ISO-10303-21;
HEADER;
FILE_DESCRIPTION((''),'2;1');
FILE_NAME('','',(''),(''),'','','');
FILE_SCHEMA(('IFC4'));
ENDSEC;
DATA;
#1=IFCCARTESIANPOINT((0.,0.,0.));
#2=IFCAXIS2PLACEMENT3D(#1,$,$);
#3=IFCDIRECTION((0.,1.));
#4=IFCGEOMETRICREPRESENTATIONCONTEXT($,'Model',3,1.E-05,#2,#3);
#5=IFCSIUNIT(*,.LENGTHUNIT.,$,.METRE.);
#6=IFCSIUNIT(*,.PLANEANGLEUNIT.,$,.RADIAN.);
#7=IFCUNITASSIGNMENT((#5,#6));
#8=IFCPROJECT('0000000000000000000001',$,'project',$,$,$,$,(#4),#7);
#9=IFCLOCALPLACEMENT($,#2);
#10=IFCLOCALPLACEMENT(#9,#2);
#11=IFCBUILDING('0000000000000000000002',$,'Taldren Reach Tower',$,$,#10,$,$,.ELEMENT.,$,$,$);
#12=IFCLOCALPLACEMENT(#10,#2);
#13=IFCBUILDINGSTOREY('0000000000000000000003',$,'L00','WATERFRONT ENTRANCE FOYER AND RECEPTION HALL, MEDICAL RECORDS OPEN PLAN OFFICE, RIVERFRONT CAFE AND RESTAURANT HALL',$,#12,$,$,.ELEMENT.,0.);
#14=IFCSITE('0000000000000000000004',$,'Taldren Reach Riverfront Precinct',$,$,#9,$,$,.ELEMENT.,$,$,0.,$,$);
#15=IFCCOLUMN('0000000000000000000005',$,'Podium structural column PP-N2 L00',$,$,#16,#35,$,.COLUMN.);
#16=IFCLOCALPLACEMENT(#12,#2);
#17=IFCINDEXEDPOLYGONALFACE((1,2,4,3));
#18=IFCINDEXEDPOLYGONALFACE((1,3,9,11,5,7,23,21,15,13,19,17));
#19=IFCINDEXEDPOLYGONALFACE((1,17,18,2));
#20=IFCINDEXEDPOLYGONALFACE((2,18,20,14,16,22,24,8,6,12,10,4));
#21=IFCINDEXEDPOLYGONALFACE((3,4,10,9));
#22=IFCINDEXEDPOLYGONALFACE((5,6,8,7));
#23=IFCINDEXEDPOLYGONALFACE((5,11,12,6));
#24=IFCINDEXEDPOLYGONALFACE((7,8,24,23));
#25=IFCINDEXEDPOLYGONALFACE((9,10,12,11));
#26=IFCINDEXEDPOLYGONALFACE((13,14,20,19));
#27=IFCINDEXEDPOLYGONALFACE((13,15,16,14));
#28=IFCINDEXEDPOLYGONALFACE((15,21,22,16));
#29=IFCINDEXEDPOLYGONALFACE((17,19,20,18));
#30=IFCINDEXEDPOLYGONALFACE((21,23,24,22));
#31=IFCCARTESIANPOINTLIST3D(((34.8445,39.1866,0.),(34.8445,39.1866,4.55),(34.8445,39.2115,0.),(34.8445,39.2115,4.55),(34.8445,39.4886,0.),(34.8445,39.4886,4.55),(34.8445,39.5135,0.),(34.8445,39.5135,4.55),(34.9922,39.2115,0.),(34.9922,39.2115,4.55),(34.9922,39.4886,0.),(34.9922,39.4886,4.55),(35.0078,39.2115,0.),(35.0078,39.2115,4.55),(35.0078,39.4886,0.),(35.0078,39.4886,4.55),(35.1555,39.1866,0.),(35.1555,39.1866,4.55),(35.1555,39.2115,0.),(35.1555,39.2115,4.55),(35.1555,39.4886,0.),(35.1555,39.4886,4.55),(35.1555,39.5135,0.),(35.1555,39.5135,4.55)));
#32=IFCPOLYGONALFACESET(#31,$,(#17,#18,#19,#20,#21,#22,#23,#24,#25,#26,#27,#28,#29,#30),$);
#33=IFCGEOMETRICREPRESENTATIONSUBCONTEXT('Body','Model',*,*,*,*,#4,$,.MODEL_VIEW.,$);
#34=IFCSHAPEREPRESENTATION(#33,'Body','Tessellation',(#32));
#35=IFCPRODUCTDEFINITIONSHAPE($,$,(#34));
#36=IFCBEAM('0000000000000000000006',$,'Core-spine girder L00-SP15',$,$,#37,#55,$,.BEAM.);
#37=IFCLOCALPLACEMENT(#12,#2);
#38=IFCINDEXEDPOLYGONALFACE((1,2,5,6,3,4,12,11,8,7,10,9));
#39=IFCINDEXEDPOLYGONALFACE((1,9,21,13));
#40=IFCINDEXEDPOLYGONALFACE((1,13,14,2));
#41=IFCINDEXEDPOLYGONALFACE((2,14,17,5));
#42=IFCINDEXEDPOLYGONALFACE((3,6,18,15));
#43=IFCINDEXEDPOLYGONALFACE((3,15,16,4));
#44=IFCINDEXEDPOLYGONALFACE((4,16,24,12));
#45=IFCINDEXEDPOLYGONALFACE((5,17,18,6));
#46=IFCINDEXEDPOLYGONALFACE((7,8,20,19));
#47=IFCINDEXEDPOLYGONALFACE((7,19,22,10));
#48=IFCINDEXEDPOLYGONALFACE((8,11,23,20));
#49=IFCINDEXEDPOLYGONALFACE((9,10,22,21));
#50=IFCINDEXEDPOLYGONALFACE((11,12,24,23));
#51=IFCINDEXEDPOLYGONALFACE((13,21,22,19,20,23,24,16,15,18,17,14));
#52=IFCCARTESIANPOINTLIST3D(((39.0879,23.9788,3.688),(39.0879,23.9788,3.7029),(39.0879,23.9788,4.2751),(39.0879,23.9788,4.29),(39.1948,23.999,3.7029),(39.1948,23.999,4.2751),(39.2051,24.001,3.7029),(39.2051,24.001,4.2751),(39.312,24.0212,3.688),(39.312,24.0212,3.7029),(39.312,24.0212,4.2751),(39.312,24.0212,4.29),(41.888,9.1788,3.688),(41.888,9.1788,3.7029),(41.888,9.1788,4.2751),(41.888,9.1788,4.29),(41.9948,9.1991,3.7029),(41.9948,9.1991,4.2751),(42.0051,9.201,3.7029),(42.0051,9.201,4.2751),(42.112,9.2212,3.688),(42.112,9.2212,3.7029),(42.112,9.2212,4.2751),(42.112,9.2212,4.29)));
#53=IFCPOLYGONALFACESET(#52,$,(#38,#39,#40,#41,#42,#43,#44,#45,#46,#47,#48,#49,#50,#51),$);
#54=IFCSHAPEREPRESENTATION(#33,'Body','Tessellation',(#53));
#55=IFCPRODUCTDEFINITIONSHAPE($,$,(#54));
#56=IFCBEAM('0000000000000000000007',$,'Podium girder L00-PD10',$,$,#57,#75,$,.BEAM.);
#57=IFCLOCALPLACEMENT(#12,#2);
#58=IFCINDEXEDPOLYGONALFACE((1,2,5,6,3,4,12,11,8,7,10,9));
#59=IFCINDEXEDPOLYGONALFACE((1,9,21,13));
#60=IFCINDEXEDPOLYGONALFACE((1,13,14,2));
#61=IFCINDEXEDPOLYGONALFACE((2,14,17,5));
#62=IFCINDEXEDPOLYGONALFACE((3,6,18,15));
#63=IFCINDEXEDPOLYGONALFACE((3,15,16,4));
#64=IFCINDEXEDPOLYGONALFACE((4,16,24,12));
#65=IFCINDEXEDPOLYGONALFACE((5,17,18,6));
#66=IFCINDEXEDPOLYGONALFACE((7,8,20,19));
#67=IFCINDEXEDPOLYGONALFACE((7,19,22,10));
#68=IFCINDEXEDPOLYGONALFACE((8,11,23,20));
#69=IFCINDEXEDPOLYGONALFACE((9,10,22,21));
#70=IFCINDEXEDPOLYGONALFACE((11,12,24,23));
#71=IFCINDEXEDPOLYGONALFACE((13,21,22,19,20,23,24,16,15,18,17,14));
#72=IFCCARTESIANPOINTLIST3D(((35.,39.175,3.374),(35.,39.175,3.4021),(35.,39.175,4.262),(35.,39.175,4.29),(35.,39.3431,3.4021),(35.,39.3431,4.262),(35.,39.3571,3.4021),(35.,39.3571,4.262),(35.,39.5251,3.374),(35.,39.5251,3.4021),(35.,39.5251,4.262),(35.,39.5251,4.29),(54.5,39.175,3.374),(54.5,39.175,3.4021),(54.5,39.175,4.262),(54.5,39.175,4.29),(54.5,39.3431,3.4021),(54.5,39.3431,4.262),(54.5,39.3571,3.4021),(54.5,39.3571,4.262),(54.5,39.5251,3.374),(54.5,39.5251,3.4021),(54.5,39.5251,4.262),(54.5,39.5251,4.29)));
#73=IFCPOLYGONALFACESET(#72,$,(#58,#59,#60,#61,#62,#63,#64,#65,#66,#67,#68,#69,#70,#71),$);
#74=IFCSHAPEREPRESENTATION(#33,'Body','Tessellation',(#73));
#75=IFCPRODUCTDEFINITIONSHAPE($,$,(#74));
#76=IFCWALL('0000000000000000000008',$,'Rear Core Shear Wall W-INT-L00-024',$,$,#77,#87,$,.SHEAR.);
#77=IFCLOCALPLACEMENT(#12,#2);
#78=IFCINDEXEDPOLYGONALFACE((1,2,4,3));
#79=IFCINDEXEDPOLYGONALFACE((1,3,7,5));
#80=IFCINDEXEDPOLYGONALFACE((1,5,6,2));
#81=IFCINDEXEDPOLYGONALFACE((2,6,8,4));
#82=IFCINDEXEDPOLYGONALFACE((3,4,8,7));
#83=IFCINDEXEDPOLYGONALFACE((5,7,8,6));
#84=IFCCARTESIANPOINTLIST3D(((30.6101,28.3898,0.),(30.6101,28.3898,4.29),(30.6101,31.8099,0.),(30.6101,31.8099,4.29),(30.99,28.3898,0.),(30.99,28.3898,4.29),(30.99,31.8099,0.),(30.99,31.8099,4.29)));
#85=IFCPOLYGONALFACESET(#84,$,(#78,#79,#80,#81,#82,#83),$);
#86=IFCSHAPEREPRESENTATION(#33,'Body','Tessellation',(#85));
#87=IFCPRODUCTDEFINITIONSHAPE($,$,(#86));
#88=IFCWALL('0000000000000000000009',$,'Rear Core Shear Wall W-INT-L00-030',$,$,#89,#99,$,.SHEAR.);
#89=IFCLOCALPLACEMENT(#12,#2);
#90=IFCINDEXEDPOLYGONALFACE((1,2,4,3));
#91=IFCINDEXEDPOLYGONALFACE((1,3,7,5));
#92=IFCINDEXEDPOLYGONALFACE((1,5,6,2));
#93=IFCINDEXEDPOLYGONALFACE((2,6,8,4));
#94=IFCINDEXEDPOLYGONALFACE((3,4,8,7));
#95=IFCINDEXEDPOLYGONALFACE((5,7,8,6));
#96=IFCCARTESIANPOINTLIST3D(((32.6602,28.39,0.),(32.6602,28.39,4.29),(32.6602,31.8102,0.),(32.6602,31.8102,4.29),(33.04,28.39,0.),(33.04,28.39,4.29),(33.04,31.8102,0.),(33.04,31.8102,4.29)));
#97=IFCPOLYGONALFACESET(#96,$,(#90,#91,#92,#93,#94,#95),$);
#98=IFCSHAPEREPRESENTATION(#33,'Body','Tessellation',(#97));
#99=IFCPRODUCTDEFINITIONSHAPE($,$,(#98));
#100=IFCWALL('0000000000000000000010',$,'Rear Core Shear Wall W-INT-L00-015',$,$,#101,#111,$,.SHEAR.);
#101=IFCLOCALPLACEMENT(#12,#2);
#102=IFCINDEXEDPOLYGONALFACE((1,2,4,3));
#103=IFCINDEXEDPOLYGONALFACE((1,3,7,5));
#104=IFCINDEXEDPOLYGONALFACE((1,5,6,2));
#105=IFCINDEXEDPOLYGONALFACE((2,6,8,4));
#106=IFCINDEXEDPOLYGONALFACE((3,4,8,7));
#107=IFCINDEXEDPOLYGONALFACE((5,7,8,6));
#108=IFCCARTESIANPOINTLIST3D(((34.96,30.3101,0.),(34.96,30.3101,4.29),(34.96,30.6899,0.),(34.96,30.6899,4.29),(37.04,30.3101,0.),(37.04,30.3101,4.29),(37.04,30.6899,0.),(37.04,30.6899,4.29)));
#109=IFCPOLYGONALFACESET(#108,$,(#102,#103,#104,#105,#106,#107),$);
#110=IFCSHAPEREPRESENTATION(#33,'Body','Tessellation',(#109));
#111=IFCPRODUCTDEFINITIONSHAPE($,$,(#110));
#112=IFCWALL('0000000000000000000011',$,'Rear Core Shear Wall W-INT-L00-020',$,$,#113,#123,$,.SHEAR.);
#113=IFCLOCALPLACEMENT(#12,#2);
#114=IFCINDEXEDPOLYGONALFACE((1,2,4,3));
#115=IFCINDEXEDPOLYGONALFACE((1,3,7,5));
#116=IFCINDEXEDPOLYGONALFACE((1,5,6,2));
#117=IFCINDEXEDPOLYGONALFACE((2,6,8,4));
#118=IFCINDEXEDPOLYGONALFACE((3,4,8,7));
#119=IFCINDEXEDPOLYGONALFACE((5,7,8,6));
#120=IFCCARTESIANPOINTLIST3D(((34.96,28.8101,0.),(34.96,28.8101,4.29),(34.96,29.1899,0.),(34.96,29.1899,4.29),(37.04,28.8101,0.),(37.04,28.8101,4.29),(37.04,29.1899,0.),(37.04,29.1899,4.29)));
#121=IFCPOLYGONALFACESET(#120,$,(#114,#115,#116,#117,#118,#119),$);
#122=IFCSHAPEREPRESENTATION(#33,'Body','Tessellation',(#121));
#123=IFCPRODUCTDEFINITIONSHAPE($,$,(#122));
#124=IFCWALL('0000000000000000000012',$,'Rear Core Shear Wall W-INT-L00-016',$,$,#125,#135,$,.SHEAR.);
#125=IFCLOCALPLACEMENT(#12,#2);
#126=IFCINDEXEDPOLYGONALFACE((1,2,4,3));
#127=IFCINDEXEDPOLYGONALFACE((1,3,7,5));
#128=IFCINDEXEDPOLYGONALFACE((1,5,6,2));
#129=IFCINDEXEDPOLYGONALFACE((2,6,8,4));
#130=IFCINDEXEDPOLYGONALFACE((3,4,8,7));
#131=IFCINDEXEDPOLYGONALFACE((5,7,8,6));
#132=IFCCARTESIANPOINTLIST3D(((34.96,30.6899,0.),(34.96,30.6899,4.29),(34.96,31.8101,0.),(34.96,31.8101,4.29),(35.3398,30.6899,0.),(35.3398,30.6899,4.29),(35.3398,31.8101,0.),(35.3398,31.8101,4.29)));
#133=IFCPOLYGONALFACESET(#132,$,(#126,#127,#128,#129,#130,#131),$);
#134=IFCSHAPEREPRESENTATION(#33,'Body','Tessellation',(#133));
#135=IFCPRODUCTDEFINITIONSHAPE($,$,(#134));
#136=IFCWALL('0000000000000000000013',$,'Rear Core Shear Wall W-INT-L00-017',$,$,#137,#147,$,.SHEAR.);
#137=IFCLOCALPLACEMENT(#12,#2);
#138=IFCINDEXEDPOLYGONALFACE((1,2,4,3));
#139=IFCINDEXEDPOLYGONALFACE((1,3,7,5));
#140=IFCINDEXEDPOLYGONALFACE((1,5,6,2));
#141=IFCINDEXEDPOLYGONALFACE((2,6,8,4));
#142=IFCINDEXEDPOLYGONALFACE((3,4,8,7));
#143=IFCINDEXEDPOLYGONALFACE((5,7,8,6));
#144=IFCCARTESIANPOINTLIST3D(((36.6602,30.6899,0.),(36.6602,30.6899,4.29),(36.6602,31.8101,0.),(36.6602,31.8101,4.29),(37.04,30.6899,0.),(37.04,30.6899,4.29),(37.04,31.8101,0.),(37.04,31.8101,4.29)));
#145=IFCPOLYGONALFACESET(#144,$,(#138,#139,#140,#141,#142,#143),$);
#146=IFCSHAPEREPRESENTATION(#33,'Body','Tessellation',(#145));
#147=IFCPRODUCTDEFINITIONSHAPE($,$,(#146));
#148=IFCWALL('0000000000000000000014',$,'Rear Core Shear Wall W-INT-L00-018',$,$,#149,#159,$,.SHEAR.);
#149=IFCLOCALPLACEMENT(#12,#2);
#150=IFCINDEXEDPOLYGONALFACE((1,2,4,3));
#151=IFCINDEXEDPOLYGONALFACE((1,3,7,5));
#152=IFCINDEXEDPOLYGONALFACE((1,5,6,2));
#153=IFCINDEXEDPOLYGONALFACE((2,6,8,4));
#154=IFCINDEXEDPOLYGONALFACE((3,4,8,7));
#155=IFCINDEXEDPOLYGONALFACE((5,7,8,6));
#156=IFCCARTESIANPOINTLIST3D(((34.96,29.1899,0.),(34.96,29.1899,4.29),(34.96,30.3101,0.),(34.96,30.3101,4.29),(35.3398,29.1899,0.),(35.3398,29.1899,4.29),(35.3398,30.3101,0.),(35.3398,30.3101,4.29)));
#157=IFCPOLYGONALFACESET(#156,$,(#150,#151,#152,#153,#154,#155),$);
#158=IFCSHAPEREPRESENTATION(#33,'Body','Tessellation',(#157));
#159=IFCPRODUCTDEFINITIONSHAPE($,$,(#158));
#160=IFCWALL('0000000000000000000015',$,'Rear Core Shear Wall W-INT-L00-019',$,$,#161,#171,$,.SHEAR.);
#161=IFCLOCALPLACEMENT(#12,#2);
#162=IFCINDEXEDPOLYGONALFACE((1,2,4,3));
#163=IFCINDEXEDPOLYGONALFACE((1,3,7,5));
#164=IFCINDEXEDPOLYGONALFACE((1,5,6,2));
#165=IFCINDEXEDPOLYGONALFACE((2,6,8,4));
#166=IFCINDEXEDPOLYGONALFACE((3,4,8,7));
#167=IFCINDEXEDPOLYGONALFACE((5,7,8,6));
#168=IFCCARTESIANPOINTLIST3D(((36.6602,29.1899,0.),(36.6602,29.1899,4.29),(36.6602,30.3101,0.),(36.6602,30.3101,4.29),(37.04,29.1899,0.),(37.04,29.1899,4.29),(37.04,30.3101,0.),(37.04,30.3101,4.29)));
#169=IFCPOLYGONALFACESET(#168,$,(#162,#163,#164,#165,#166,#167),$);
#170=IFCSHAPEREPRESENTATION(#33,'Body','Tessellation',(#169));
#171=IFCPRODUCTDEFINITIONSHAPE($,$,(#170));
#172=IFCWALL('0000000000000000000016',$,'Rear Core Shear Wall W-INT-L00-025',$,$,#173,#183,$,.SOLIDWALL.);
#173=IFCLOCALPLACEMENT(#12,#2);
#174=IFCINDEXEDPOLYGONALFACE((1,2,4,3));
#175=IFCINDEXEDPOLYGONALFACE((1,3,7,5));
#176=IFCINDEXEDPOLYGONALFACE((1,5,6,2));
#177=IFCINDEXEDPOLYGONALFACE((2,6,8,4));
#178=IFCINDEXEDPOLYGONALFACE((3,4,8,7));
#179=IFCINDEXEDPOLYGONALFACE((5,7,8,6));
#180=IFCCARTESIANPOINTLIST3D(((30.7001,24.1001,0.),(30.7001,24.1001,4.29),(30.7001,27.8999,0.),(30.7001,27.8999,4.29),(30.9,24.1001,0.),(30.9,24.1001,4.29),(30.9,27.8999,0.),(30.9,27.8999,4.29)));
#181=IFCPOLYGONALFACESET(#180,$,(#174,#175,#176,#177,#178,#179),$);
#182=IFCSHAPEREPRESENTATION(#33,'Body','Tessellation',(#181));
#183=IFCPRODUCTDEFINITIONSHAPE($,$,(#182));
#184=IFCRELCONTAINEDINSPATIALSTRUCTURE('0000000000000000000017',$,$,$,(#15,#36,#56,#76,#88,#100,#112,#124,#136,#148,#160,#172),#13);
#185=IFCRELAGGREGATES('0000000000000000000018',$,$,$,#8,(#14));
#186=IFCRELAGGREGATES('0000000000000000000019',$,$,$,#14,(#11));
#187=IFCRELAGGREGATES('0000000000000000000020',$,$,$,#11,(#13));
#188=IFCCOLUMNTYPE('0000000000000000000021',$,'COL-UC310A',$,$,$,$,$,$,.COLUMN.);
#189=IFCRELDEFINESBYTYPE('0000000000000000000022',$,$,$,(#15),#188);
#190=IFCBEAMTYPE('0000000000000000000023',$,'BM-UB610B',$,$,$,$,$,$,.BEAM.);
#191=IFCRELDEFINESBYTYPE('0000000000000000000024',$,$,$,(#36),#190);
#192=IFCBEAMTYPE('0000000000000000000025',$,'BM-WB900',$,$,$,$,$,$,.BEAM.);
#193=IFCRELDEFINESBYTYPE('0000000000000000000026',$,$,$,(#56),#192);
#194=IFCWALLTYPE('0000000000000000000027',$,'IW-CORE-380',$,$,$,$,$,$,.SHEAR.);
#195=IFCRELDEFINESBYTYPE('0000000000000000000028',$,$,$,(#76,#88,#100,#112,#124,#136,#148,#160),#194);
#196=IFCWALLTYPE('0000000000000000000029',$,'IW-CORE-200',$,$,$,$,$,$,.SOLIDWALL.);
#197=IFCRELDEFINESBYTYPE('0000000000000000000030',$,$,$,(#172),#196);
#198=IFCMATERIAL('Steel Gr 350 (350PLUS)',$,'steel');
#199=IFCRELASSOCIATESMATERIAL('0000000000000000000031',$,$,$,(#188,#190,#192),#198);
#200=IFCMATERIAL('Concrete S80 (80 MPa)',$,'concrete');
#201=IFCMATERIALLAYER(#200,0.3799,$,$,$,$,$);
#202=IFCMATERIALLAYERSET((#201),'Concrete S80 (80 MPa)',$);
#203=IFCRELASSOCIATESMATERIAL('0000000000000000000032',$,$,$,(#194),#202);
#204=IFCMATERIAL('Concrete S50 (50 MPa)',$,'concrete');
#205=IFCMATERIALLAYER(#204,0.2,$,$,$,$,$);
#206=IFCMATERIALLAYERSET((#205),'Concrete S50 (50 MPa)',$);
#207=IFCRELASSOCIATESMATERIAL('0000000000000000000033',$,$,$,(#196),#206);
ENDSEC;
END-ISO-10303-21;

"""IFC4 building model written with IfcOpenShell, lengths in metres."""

from ifc_helpers import new_model, si_unit, direction, frame, frame_2d, origin, origin_2d, place, context, subcontext, project, spatial, rectangle, i_section, extrude, source, transform, mapped, material, layer, layer_set, material_profile, profile_set, type_object, element, save


model = new_model("IFC4")

# Units and contexts
model_context = context("Model", 3, precision=1e-05, world=origin(), true_north=direction((0.0, 1.0)))
body_context = subcontext(model_context, "Body", "Model", "MODEL_VIEW")
ifc_project = project(units=[si_unit("LENGTHUNIT", "METRE"), si_unit("PLANEANGLEUNIT", "RADIAN")], contexts=[model_context])

# Site, building, storey
site_placement = place(None, origin())
site = spatial("IfcSite", under=ifc_project, at=site_placement, Name="Taldren Reach Riverfront Precinct", CompositionType="ELEMENT", RefElevation=0.0)
building_placement = place(site_placement, origin())
building = spatial("IfcBuilding", under=site, at=building_placement, Name="Taldren Reach Tower", CompositionType="ELEMENT")
storey_placement = place(building_placement, origin())
storey = spatial("IfcBuildingStorey", under=building, at=storey_placement, Name="L00", Description="WATERFRONT ENTRANCE FOYER AND RECEPTION HALL, MEDICAL RECORDS OPEN PLAN OFFICE, RIVERFRONT CAFE AND RESTAURANT HALL", CompositionType="ELEMENT", Elevation=0.0)

# Column
ifc_material_1 = material(Name="Steel Gr 350 (350PLUS)", Category="steel")
ifc_material_profile_1 = material_profile(ifc_material_1, i_section(OverallWidth=0.311, OverallDepth=0.3269, WebThickness=0.0156, FlangeThickness=0.0249, at=origin_2d()), Name="310UC158")
ifc_profile_set_1 = profile_set([ifc_material_profile_1], Name="Steel Gr 350 (350PLUS)")
column_type = type_object("IfcColumnType", Name="COL-UC310A", PredefinedType="COLUMN", material=ifc_profile_set_1)
shared_shape_1 = source(origin(), body_context, "Body", "SweptSolid", [
    extrude(i_section(OverallWidth=0.311, OverallDepth=0.3269, WebThickness=0.0156, FlangeThickness=0.0249, at=origin_2d()), origin(), (0.0, 0.0, 1.0), 4.55),
])
column_placement = place(storey_placement, frame((35.0, 39.3501, 0.0), z_axis=(0.0, 0.0, 1.0), x_axis=(1.0, 0.0, 0.0)))
element("IfcColumn", 1, at=column_placement, inside=storey, type_object=column_type, Name="Podium structural column PP-N2 L00", PredefinedType="COLUMN", context=body_context, shape_type="MappedRepresentation", body=[
    mapped(shared_shape_1, transform((0.0, 0.0, 0.0), scale=1.0)),
])

# Beams
ifc_material_profile_2 = material_profile(ifc_material_1, i_section(OverallWidth=0.228, OverallDepth=0.6021, WebThickness=0.0105, FlangeThickness=0.0149, at=origin_2d()), Name="610UB101")
ifc_profile_set_2 = profile_set([ifc_material_profile_2], Name="Steel Gr 350 (350PLUS)")
beam_type_1 = type_object("IfcBeamType", Name="BM-UB610B", PredefinedType="BEAM", material=ifc_profile_set_2)
shared_shape_2 = source(origin(), body_context, "Body", "SweptSolid", [
    extrude(i_section(OverallWidth=0.228, OverallDepth=0.6021, WebThickness=0.0105, FlangeThickness=0.0149, at=origin_2d()), origin(), (0.0, 0.0, 1.0), 15.0625),
])
beam_1_placement = place(storey_placement, frame((39.2, 24.0, 3.989), z_axis=(0.185894, -0.98257, 0.0), x_axis=(0.98257, 0.185894, 0.0)))
element("IfcBeam", 2, at=beam_1_placement, inside=storey, type_object=beam_type_1, Name="Core-spine girder L00-SP15", PredefinedType="BEAM", context=body_context, shape_type="MappedRepresentation", body=[
    mapped(shared_shape_2, transform((0.0, 0.0, 0.0), scale=1.0)),
])
ifc_material_profile_3 = material_profile(ifc_material_1, i_section(OverallWidth=0.3501, OverallDepth=0.916, WebThickness=0.0139, FlangeThickness=0.0281, at=origin_2d()), Name="900WB257")
ifc_profile_set_3 = profile_set([ifc_material_profile_3], Name="Steel Gr 350 (350PLUS)")
beam_type_2 = type_object("IfcBeamType", Name="BM-WB900", PredefinedType="BEAM", material=ifc_profile_set_3)
shared_shape_3 = source(origin(), body_context, "Body", "SweptSolid", [
    extrude(i_section(OverallWidth=0.3501, OverallDepth=0.916, WebThickness=0.0139, FlangeThickness=0.0281, at=origin_2d()), origin(), (0.0, 0.0, 1.0), 19.5),
])
beam_2_placement = place(storey_placement, frame((35.0, 39.3501, 3.832), z_axis=(1.0, 0.0, 0.0), x_axis=(0.0, 1.0, 0.0)))
element("IfcBeam", 3, at=beam_2_placement, inside=storey, type_object=beam_type_2, Name="Podium girder L00-PD10", PredefinedType="BEAM", context=body_context, shape_type="MappedRepresentation", body=[
    mapped(shared_shape_3, transform((0.0, 0.0, 0.0), scale=1.0)),
])

# Walls
ifc_material_2 = material(Name="Concrete S80 (80 MPa)", Category="concrete")
ifc_layer_1 = layer(ifc_material_2, 0.3799)
ifc_layer_set_1 = layer_set([ifc_layer_1], Name="Concrete S80 (80 MPa)")
wall_type_1 = type_object("IfcWallType", Name="IW-CORE-380", PredefinedType="SHEAR", material=ifc_layer_set_1)
shared_shape_4 = source(origin(), body_context, "Body", "SweptSolid", [
    extrude(rectangle(XDim=3.4202, YDim=0.3799, at=frame_2d((1.71, 0.0))), origin(), (0.0, 0.0, 1.0), 4.29),
])
for number, where, z_axis, x_axis, name in (
    (4, (30.8, 28.3899, 0.0), (0.0, 0.0, 1.0), (0.0, 1.0, 0.0), "Rear Core Shear Wall W-INT-L00-024"),
    (5, (32.8501, 31.8101, 0.0), (0.0, 0.0, 1.0), (0.0, -1.0, 0.0), "Rear Core Shear Wall W-INT-L00-030"),
):
    element("IfcWall", number, at=place(storey_placement, frame(where, z_axis=z_axis, x_axis=x_axis)), inside=storey, type_object=wall_type_1, Name=name, PredefinedType="SHEAR", context=body_context, shape_type="MappedRepresentation", body=[
        mapped(shared_shape_4, transform((0.0, 0.0, 0.0), scale=1.0)),
    ])
shared_shape_5 = source(origin(), body_context, "Body", "SweptSolid", [
    extrude(rectangle(XDim=2.0801, YDim=0.3799, at=frame_2d((1.04, 0.0))), origin(), (0.0, 0.0, 1.0), 4.29),
])
for number, where, z_axis, x_axis, name in (
    (6, (34.96, 30.5, 0.0), (0.0, 0.0, 1.0), (1.0, 0.0, 0.0), "Rear Core Shear Wall W-INT-L00-015"),
    (7, (34.96, 29.0, 0.0), (0.0, 0.0, 1.0), (1.0, 0.0, 0.0), "Rear Core Shear Wall W-INT-L00-020"),
):
    element("IfcWall", number, at=place(storey_placement, frame(where, z_axis=z_axis, x_axis=x_axis)), inside=storey, type_object=wall_type_1, Name=name, PredefinedType="SHEAR", context=body_context, shape_type="MappedRepresentation", body=[
        mapped(shared_shape_5, transform((0.0, 0.0, 0.0), scale=1.0)),
    ])
shared_shape_6 = source(origin(), body_context, "Body", "SweptSolid", [
    extrude(rectangle(XDim=1.1201, YDim=0.3799, at=frame_2d((0.5601, 0.0))), origin(), (0.0, 0.0, 1.0), 4.29),
])
for number, where, z_axis, x_axis, name in (
    (8, (35.1499, 31.8101, 0.0), (0.0, 0.0, 1.0), (0.0, -1.0, 0.0), "Rear Core Shear Wall W-INT-L00-016"),
    (9, (36.8501, 30.6899, 0.0), (0.0, 0.0, 1.0), (0.0, 1.0, 0.0), "Rear Core Shear Wall W-INT-L00-017"),
    (10, (35.1499, 30.3101, 0.0), (0.0, 0.0, 1.0), (0.0, -1.0, 0.0), "Rear Core Shear Wall W-INT-L00-018"),
    (11, (36.8501, 29.1899, 0.0), (0.0, 0.0, 1.0), (0.0, 1.0, 0.0), "Rear Core Shear Wall W-INT-L00-019"),
):
    element("IfcWall", number, at=place(storey_placement, frame(where, z_axis=z_axis, x_axis=x_axis)), inside=storey, type_object=wall_type_1, Name=name, PredefinedType="SHEAR", context=body_context, shape_type="MappedRepresentation", body=[
        mapped(shared_shape_6, transform((0.0, 0.0, 0.0), scale=1.0)),
    ])
ifc_material_3 = material(Name="Concrete S50 (50 MPa)", Category="concrete")
ifc_layer_2 = layer(ifc_material_3, 0.2)
ifc_layer_set_2 = layer_set([ifc_layer_2], Name="Concrete S50 (50 MPa)")
wall_type_2 = type_object("IfcWallType", Name="IW-CORE-200", PredefinedType="SOLIDWALL", material=ifc_layer_set_2)
shared_shape_7 = source(origin(), body_context, "Body", "SweptSolid", [
    extrude(rectangle(XDim=3.7998, YDim=0.2, at=frame_2d((1.8999, 0.0))), origin(), (0.0, 0.0, 1.0), 4.29),
])
for number, where, z_axis, x_axis, name in (
    (12, (30.8, 27.8999, 0.0), (0.0, 0.0, 1.0), (0.0, -1.0, 0.0), "Rear Core Shear Wall W-INT-L00-025"),
):
    element("IfcWall", number, at=place(storey_placement, frame(where, z_axis=z_axis, x_axis=x_axis)), inside=storey, type_object=wall_type_2, Name=name, PredefinedType="SOLIDWALL", context=body_context, shape_type="MappedRepresentation", body=[
        mapped(shared_shape_7, transform((0.0, 0.0, 0.0), scale=1.0)),
    ])

save(model, "model.ifc")
